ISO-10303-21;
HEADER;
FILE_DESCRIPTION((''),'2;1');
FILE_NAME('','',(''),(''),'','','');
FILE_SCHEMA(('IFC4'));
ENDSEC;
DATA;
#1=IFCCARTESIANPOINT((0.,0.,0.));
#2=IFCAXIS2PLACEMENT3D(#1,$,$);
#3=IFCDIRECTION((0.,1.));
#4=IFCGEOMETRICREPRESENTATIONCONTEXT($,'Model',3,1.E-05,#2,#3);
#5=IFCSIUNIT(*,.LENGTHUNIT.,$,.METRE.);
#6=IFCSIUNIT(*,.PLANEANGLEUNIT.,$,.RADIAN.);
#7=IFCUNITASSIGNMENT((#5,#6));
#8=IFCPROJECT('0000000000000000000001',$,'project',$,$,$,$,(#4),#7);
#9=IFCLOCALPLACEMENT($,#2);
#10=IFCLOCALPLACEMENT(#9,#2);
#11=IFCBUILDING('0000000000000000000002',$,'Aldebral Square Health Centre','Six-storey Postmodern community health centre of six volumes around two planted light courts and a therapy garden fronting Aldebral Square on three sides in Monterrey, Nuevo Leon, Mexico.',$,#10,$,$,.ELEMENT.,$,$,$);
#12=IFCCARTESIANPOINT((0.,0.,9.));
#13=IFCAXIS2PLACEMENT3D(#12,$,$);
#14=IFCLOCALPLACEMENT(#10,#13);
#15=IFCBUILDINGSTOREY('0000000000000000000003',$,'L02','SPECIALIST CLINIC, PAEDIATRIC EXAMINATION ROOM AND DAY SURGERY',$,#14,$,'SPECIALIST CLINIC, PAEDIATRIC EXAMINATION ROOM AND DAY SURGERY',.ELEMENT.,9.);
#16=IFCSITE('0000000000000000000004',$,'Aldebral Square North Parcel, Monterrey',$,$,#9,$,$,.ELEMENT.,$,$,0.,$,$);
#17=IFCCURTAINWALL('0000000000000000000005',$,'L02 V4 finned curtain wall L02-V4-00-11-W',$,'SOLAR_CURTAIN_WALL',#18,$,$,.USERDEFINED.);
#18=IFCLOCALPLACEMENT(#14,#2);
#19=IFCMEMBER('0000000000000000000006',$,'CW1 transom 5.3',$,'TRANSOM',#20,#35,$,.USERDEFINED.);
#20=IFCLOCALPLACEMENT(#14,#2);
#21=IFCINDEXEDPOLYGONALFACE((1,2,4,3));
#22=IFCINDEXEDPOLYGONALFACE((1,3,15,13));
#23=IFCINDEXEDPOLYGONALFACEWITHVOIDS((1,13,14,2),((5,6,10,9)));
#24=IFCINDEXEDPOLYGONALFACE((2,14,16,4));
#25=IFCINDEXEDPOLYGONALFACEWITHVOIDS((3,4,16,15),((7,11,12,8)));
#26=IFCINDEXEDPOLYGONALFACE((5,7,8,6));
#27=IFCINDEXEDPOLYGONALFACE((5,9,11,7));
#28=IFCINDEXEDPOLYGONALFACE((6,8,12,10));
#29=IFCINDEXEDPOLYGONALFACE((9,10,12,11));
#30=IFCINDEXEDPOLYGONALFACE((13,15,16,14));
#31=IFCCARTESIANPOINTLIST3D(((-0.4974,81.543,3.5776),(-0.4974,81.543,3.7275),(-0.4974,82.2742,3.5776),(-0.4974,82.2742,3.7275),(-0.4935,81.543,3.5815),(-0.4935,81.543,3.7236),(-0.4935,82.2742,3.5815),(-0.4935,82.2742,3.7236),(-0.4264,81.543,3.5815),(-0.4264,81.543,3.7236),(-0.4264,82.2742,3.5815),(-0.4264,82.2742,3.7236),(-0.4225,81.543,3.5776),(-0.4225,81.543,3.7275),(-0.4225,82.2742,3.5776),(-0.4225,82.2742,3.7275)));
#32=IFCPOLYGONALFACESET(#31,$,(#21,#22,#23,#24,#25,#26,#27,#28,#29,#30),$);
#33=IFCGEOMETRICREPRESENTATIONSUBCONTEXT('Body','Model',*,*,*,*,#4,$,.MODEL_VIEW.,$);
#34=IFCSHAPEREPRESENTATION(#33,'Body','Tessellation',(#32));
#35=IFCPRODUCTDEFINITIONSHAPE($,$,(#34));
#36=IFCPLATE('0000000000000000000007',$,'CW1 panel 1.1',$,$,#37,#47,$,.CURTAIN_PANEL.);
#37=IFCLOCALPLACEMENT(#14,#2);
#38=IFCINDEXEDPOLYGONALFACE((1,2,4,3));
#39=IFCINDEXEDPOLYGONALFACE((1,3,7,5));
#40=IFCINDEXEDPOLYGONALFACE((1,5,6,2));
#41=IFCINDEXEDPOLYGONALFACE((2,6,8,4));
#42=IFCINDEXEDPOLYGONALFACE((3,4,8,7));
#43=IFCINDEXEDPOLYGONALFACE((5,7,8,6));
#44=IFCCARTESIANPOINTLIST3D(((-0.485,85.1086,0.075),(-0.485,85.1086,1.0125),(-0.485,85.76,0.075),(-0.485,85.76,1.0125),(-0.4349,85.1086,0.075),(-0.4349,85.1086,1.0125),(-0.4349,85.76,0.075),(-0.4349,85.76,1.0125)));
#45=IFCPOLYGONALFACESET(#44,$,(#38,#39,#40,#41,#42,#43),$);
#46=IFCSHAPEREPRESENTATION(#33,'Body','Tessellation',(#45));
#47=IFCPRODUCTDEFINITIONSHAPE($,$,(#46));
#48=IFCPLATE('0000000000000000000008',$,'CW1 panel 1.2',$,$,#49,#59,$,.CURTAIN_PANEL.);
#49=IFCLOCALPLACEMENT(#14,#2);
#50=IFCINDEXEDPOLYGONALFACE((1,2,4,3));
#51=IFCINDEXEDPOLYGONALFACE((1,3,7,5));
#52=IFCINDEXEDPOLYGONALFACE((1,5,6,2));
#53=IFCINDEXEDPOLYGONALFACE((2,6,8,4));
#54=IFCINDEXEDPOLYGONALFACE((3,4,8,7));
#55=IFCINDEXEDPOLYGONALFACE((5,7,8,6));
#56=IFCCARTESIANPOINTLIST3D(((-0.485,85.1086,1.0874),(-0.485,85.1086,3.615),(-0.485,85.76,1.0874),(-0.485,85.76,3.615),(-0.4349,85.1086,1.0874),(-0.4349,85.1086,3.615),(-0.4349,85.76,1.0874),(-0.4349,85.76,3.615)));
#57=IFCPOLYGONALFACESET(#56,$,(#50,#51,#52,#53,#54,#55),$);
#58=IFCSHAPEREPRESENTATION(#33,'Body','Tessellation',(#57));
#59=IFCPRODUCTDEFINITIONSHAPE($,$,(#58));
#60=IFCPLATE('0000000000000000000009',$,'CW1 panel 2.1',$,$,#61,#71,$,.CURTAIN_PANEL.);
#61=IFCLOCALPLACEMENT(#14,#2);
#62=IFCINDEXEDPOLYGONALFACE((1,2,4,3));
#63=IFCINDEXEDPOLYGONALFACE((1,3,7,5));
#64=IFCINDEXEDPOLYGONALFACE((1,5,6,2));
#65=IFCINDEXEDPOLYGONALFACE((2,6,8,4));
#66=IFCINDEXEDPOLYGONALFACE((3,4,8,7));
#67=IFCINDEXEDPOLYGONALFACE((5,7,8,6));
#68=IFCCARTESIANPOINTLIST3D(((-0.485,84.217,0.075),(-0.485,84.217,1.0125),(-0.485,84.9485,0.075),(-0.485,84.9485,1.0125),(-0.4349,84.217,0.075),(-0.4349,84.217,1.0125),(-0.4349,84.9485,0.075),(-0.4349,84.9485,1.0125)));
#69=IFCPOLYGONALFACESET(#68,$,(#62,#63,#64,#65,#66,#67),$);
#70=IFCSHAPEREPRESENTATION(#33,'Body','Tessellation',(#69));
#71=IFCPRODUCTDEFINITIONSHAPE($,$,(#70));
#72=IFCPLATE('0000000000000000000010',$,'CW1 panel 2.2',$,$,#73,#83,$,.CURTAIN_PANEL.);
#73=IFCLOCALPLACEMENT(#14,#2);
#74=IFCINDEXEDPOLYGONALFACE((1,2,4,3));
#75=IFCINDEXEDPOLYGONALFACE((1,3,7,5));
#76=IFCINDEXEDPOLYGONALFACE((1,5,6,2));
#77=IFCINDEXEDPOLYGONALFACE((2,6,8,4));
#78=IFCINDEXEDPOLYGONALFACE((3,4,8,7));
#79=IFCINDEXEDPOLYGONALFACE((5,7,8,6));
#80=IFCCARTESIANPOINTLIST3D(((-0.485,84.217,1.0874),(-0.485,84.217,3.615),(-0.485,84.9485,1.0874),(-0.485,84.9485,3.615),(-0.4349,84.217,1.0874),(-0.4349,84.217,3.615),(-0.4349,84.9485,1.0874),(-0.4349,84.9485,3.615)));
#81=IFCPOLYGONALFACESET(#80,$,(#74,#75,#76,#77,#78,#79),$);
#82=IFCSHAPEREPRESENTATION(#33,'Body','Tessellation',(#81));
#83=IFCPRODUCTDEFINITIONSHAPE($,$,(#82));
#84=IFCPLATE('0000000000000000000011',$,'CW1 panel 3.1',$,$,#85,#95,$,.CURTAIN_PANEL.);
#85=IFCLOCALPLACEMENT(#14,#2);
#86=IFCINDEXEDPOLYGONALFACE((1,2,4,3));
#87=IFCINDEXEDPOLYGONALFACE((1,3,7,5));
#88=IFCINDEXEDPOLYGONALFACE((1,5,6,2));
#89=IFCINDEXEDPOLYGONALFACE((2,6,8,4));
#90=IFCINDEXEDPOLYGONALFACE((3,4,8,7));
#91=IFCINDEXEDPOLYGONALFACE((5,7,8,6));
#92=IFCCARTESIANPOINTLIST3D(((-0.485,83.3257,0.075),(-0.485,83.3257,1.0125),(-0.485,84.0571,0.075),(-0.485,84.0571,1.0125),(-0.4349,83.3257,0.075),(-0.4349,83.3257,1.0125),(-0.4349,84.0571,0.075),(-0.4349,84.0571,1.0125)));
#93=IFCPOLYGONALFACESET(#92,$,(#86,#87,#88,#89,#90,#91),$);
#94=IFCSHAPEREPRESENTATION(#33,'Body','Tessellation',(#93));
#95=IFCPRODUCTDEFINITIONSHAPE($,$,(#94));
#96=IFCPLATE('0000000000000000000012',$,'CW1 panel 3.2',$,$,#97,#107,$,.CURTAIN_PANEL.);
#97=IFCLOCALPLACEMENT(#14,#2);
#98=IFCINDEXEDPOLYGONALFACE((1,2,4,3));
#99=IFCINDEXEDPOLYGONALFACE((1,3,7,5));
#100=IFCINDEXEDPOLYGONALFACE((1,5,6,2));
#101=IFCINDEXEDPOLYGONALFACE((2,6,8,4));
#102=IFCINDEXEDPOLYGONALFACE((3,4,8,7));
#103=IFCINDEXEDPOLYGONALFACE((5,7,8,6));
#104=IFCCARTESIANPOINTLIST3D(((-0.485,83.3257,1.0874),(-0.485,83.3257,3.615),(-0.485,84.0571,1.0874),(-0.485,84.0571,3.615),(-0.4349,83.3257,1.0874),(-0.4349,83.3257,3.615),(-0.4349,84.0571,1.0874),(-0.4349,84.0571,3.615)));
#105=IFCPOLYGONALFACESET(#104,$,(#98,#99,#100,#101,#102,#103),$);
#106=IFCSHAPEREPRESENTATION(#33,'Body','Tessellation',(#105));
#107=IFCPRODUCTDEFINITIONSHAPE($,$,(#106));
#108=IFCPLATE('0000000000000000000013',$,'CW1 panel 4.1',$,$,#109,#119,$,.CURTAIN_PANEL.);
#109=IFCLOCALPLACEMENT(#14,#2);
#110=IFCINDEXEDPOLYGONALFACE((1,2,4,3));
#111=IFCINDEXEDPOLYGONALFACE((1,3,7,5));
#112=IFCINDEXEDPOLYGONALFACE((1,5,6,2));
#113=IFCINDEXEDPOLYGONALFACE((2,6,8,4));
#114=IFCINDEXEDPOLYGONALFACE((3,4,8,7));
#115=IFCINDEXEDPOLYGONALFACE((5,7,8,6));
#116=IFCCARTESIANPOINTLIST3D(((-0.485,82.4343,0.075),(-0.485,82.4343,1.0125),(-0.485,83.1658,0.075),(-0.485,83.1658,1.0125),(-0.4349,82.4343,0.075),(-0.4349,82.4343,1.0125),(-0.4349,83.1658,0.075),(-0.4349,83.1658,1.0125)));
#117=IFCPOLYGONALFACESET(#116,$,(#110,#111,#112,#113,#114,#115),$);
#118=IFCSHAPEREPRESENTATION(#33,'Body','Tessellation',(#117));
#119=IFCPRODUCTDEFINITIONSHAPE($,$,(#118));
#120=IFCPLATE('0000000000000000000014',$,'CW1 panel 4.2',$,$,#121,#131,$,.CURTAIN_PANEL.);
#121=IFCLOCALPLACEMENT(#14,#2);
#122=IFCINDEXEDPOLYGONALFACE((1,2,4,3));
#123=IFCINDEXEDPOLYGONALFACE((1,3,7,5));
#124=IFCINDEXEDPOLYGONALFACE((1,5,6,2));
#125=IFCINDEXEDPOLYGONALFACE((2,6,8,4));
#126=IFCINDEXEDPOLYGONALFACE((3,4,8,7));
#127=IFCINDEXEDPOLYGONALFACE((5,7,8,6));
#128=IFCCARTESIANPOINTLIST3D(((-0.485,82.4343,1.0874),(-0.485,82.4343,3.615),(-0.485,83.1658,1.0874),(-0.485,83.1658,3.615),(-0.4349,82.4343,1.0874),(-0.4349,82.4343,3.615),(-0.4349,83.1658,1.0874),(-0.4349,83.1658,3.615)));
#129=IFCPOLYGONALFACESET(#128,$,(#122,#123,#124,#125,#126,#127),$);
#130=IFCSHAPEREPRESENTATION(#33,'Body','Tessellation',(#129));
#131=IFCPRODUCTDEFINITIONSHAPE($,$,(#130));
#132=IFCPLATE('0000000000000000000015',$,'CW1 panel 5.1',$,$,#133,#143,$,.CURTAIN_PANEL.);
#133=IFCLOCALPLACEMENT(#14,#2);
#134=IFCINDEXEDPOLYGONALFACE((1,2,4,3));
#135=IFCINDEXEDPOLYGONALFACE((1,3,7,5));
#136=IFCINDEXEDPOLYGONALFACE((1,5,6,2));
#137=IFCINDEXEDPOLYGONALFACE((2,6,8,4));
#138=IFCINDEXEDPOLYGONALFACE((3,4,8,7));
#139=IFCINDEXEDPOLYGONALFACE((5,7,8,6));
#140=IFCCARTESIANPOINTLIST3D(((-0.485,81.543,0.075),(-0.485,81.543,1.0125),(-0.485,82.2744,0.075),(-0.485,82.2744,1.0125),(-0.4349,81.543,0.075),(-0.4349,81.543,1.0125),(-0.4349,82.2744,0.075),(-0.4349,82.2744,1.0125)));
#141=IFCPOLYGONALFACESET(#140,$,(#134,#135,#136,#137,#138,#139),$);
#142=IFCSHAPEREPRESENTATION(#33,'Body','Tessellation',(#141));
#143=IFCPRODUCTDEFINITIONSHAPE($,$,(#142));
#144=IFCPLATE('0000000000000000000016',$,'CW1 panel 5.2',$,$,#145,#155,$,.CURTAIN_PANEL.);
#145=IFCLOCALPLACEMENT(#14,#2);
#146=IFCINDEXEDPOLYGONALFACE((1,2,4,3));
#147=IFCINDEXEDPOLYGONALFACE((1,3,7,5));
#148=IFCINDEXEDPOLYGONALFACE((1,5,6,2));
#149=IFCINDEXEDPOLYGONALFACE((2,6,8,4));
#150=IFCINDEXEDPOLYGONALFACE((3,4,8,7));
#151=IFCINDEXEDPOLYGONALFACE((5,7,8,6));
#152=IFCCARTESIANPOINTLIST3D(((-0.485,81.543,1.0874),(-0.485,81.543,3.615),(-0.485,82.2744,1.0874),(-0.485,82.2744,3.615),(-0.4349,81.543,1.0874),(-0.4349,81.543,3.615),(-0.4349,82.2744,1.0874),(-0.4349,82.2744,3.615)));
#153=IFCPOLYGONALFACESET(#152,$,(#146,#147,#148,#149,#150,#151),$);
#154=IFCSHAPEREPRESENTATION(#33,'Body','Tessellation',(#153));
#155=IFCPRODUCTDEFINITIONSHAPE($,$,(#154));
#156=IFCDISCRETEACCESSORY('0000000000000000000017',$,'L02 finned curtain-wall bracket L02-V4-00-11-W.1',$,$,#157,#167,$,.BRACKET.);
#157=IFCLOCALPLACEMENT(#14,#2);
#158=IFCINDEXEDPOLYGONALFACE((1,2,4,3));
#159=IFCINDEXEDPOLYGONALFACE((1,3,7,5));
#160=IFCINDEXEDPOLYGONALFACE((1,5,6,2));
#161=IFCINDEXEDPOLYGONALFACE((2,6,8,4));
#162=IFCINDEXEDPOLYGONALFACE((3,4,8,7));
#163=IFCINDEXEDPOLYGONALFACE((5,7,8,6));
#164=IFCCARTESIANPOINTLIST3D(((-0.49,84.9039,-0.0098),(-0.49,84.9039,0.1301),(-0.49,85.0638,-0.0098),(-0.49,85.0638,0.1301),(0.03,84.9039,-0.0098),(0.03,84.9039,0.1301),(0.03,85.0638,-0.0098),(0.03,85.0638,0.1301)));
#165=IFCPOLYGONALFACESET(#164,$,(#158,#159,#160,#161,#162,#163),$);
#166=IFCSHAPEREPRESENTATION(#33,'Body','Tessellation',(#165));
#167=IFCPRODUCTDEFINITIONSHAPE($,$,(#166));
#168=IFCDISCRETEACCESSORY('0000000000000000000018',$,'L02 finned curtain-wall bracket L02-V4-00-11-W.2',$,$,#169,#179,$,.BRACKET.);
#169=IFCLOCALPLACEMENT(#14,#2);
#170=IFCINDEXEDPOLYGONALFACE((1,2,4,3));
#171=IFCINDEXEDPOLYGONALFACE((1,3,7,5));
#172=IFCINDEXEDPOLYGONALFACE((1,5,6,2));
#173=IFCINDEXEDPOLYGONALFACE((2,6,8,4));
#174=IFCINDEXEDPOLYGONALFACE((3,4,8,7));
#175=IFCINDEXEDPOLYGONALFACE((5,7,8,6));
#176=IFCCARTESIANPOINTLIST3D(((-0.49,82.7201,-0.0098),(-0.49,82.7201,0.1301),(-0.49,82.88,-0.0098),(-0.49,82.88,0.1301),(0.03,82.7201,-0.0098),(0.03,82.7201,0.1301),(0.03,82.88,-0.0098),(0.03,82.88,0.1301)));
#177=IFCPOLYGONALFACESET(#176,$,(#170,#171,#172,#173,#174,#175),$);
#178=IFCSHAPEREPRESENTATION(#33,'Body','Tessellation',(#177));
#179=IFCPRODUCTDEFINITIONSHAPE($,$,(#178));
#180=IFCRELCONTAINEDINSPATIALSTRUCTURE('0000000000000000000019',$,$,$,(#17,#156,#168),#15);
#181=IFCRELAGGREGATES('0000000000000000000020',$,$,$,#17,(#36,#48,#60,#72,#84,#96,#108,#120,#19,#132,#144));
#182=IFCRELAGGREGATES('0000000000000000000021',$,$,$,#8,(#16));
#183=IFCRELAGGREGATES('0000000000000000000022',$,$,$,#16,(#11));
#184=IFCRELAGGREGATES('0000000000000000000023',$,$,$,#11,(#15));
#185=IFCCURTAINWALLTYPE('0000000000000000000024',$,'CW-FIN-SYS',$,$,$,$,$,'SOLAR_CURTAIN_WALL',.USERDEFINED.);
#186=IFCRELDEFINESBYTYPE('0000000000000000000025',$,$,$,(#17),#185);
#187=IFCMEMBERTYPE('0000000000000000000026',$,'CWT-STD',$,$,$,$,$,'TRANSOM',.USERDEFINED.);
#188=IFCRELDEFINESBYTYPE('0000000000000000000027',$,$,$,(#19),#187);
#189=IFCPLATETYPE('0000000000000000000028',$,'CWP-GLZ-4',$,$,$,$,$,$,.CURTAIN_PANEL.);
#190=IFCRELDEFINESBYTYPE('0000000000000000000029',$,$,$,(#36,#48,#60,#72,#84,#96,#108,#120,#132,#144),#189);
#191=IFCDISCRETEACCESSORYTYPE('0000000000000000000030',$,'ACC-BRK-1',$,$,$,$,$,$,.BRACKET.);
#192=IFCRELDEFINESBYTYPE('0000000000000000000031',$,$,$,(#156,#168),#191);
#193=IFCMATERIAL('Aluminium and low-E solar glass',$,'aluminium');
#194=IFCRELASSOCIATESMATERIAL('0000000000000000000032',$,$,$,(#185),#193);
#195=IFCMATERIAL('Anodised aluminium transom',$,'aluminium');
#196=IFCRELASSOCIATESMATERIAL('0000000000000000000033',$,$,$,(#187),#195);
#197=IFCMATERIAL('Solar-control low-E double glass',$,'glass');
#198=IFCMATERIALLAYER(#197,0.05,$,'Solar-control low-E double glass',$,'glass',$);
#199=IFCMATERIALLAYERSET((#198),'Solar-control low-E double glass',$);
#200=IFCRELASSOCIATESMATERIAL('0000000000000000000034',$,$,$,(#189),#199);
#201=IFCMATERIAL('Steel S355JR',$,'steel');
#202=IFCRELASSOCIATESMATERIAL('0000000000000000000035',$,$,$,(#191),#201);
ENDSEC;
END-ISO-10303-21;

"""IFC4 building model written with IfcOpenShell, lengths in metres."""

from ifc_helpers import new_model, si_unit, direction, frame, origin, origin_2d, place, context, subcontext, project, spatial, rectangle, hollow_rectangle, extrude, material, layer, layer_set, material_profile, profile_set, type_object, element, aggregate, save


model = new_model("IFC4")

# Units and contexts
model_context = context("Model", 3, precision=1e-05, world=origin(), true_north=direction((0.0, 1.0)))
body_context = subcontext(model_context, "Body", "Model", "MODEL_VIEW")
ifc_project = project(units=[si_unit("LENGTHUNIT", "METRE"), si_unit("PLANEANGLEUNIT", "RADIAN")], contexts=[model_context])

# Site, building, storey
site_placement = place(None, origin())
site = spatial("IfcSite", under=ifc_project, at=site_placement, Name="Aldebral Square North Parcel, Monterrey", CompositionType="ELEMENT", RefElevation=0.0)
building_placement = place(site_placement, origin())
building = spatial("IfcBuilding", under=site, at=building_placement, Name="Aldebral Square Health Centre", Description="Six-storey Postmodern community health centre of six volumes around two planted light courts and a therapy garden fronting Aldebral Square on three sides in Monterrey, Nuevo Leon, Mexico.", CompositionType="ELEMENT")
storey_placement = place(building_placement, frame((0.0, 0.0, 9.0)))
storey = spatial("IfcBuildingStorey", under=building, at=storey_placement, Name="L02", Description="SPECIALIST CLINIC, PAEDIATRIC EXAMINATION ROOM AND DAY SURGERY", LongName="SPECIALIST CLINIC, PAEDIATRIC EXAMINATION ROOM AND DAY SURGERY", CompositionType="ELEMENT", Elevation=9.0)

# Curtain wall, member, plates
ifc_material_1 = material(Name="Aluminium and low-E solar glass", Category="aluminium")
curtain_wall_type = type_object("IfcCurtainWallType", Name="CW-FIN-SYS", ElementType="SOLAR_CURTAIN_WALL", PredefinedType="USERDEFINED", material=ifc_material_1)
curtain_wall_placement = place(storey_placement, origin())
curtain_wall = element("IfcCurtainWall", 1, at=curtain_wall_placement, inside=storey, type_object=curtain_wall_type, Name="L02 V4 finned curtain wall L02-V4-00-11-W", ObjectType="SOLAR_CURTAIN_WALL", PredefinedType="USERDEFINED")
ifc_material_2 = material(Name="Anodised aluminium transom", Category="aluminium")
ifc_material_profile_1 = material_profile(ifc_material_2, hollow_rectangle(XDim=0.075, YDim=0.1499, WallThickness=0.0039, at=origin_2d()), Name="CWT 75x150x4")
ifc_profile_set_1 = profile_set([ifc_material_profile_1], Name="Anodised aluminium transom")
member_type_1 = type_object("IfcMemberType", Name="CWT-STD", ElementType="TRANSOM", PredefinedType="USERDEFINED", material=ifc_profile_set_1)
member_1_placement = place(storey_placement, frame((-0.46, 82.2742, 3.6526), z_axis=(0.0, -1.0, 0.0), x_axis=(1.0, 0.0, 0.0)))
member_1 = element("IfcMember", 2, at=member_1_placement, type_object=member_type_1, Name="CW1 transom 5.3", ObjectType="TRANSOM", PredefinedType="USERDEFINED", context=body_context, shape_type="SweptSolid", body=[
    extrude(hollow_rectangle(XDim=0.075, YDim=0.1499, WallThickness=0.0039, at=origin_2d()), origin(), (0.0, 0.0, 1.0), 0.7312),
])
ifc_material_3 = material(Name="Solar-control low-E double glass", Category="glass")
ifc_layer = layer(ifc_material_3, 0.05, Name="Solar-control low-E double glass", Category="glass")
ifc_layer_set = layer_set([ifc_layer], Name="Solar-control low-E double glass")
plate_type = type_object("IfcPlateType", Name="CWP-GLZ-4", PredefinedType="CURTAIN_PANEL", material=ifc_layer_set)
plate_1_placement = place(storey_placement, frame((-0.46, 85.4343, 0.075), z_axis=(0.0, 0.0, 1.0), x_axis=(0.0, -1.0, 0.0)))
plate_1 = element("IfcPlate", 3, at=plate_1_placement, type_object=plate_type, Name="CW1 panel 1.1", PredefinedType="CURTAIN_PANEL", context=body_context, shape_type="SweptSolid", body=[
    extrude(rectangle(XDim=0.6514, YDim=0.05, at=origin_2d()), origin(), (0.0, 0.0, 1.0), 0.9375),
])
plate_2_placement = place(storey_placement, frame((-0.46, 85.4343, 1.0874), z_axis=(0.0, 0.0, 1.0), x_axis=(0.0, -1.0, 0.0)))
plate_2 = element("IfcPlate", 4, at=plate_2_placement, type_object=plate_type, Name="CW1 panel 1.2", PredefinedType="CURTAIN_PANEL", context=body_context, shape_type="SweptSolid", body=[
    extrude(rectangle(XDim=0.6514, YDim=0.05, at=origin_2d()), origin(), (0.0, 0.0, 1.0), 2.5276),
])
plate_3_placement = place(storey_placement, frame((-0.46, 84.5828, 0.075), z_axis=(0.0, 0.0, 1.0), x_axis=(0.0, -1.0, 0.0)))
plate_3 = element("IfcPlate", 5, at=plate_3_placement, type_object=plate_type, Name="CW1 panel 2.1", PredefinedType="CURTAIN_PANEL", context=body_context, shape_type="SweptSolid", body=[
    extrude(rectangle(XDim=0.7314, YDim=0.05, at=origin_2d()), origin(), (0.0, 0.0, 1.0), 0.9375),
])
plate_4_placement = place(storey_placement, frame((-0.46, 84.5828, 1.0874), z_axis=(0.0, 0.0, 1.0), x_axis=(0.0, -1.0, 0.0)))
plate_4 = element("IfcPlate", 6, at=plate_4_placement, type_object=plate_type, Name="CW1 panel 2.2", PredefinedType="CURTAIN_PANEL", context=body_context, shape_type="SweptSolid", body=[
    extrude(rectangle(XDim=0.7314, YDim=0.05, at=origin_2d()), origin(), (0.0, 0.0, 1.0), 2.5276),
])
plate_5_placement = place(storey_placement, frame((-0.46, 83.6914, 0.075), z_axis=(0.0, 0.0, 1.0), x_axis=(0.0, -1.0, 0.0)))
plate_5 = element("IfcPlate", 7, at=plate_5_placement, type_object=plate_type, Name="CW1 panel 3.1", PredefinedType="CURTAIN_PANEL", context=body_context, shape_type="SweptSolid", body=[
    extrude(rectangle(XDim=0.7314, YDim=0.05, at=origin_2d()), origin(), (0.0, 0.0, 1.0), 0.9375),
])
plate_6_placement = place(storey_placement, frame((-0.46, 83.6914, 1.0874), z_axis=(0.0, 0.0, 1.0), x_axis=(0.0, -1.0, 0.0)))
plate_6 = element("IfcPlate", 8, at=plate_6_placement, type_object=plate_type, Name="CW1 panel 3.2", PredefinedType="CURTAIN_PANEL", context=body_context, shape_type="SweptSolid", body=[
    extrude(rectangle(XDim=0.7314, YDim=0.05, at=origin_2d()), origin(), (0.0, 0.0, 1.0), 2.5276),
])
plate_7_placement = place(storey_placement, frame((-0.46, 82.8, 0.075), z_axis=(0.0, 0.0, 1.0), x_axis=(0.0, -1.0, 0.0)))
plate_7 = element("IfcPlate", 9, at=plate_7_placement, type_object=plate_type, Name="CW1 panel 4.1", PredefinedType="CURTAIN_PANEL", context=body_context, shape_type="SweptSolid", body=[
    extrude(rectangle(XDim=0.7314, YDim=0.05, at=origin_2d()), origin(), (0.0, 0.0, 1.0), 0.9375),
])
plate_8_placement = place(storey_placement, frame((-0.46, 82.8, 1.0874), z_axis=(0.0, 0.0, 1.0), x_axis=(0.0, -1.0, 0.0)))
plate_8 = element("IfcPlate", 10, at=plate_8_placement, type_object=plate_type, Name="CW1 panel 4.2", PredefinedType="CURTAIN_PANEL", context=body_context, shape_type="SweptSolid", body=[
    extrude(rectangle(XDim=0.7314, YDim=0.05, at=origin_2d()), origin(), (0.0, 0.0, 1.0), 2.5276),
])
plate_9_placement = place(storey_placement, frame((-0.46, 81.9087, 0.075), z_axis=(0.0, 0.0, 1.0), x_axis=(0.0, -1.0, 0.0)))
plate_9 = element("IfcPlate", 11, at=plate_9_placement, type_object=plate_type, Name="CW1 panel 5.1", PredefinedType="CURTAIN_PANEL", context=body_context, shape_type="SweptSolid", body=[
    extrude(rectangle(XDim=0.7314, YDim=0.05, at=origin_2d()), origin(), (0.0, 0.0, 1.0), 0.9375),
])
plate_10_placement = place(storey_placement, frame((-0.46, 81.9087, 1.0874), z_axis=(0.0, 0.0, 1.0), x_axis=(0.0, -1.0, 0.0)))
plate_10 = element("IfcPlate", 12, at=plate_10_placement, type_object=plate_type, Name="CW1 panel 5.2", PredefinedType="CURTAIN_PANEL", context=body_context, shape_type="SweptSolid", body=[
    extrude(rectangle(XDim=0.7314, YDim=0.05, at=origin_2d()), origin(), (0.0, 0.0, 1.0), 2.5276),
])
aggregate(curtain_wall, [plate_1, plate_2, plate_3, plate_4, plate_5, plate_6, plate_7, plate_8, member_1, plate_9, plate_10])

# Discrete accessories
ifc_material_4 = material(Name="Steel S355JR", Category="steel")
discrete_accessory_type = type_object("IfcDiscreteAccessoryType", Name="ACC-BRK-1", PredefinedType="BRACKET", material=ifc_material_4)
for number, where, z_axis, x_axis, name in (
    (13, (-0.23, 84.9839, -0.0098), (0.0, 0.0, 1.0), (0.0, 1.0, 0.0), "L02 finned curtain-wall bracket L02-V4-00-11-W.1"),
    (14, (-0.23, 82.8, -0.0098), (0.0, 0.0, 1.0), (0.0, 1.0, 0.0), "L02 finned curtain-wall bracket L02-V4-00-11-W.2"),
):
    element("IfcDiscreteAccessory", number, at=place(storey_placement, frame(where, z_axis=z_axis, x_axis=x_axis)), inside=storey, type_object=discrete_accessory_type, Name=name, PredefinedType="BRACKET", context=body_context, shape_type="SweptSolid", body=[
        extrude(rectangle(XDim=0.1599, YDim=0.52, at=origin_2d()), origin(), (0.0, 0.0, 1.0), 0.1399),
    ])

save(model, "model.ifc")
